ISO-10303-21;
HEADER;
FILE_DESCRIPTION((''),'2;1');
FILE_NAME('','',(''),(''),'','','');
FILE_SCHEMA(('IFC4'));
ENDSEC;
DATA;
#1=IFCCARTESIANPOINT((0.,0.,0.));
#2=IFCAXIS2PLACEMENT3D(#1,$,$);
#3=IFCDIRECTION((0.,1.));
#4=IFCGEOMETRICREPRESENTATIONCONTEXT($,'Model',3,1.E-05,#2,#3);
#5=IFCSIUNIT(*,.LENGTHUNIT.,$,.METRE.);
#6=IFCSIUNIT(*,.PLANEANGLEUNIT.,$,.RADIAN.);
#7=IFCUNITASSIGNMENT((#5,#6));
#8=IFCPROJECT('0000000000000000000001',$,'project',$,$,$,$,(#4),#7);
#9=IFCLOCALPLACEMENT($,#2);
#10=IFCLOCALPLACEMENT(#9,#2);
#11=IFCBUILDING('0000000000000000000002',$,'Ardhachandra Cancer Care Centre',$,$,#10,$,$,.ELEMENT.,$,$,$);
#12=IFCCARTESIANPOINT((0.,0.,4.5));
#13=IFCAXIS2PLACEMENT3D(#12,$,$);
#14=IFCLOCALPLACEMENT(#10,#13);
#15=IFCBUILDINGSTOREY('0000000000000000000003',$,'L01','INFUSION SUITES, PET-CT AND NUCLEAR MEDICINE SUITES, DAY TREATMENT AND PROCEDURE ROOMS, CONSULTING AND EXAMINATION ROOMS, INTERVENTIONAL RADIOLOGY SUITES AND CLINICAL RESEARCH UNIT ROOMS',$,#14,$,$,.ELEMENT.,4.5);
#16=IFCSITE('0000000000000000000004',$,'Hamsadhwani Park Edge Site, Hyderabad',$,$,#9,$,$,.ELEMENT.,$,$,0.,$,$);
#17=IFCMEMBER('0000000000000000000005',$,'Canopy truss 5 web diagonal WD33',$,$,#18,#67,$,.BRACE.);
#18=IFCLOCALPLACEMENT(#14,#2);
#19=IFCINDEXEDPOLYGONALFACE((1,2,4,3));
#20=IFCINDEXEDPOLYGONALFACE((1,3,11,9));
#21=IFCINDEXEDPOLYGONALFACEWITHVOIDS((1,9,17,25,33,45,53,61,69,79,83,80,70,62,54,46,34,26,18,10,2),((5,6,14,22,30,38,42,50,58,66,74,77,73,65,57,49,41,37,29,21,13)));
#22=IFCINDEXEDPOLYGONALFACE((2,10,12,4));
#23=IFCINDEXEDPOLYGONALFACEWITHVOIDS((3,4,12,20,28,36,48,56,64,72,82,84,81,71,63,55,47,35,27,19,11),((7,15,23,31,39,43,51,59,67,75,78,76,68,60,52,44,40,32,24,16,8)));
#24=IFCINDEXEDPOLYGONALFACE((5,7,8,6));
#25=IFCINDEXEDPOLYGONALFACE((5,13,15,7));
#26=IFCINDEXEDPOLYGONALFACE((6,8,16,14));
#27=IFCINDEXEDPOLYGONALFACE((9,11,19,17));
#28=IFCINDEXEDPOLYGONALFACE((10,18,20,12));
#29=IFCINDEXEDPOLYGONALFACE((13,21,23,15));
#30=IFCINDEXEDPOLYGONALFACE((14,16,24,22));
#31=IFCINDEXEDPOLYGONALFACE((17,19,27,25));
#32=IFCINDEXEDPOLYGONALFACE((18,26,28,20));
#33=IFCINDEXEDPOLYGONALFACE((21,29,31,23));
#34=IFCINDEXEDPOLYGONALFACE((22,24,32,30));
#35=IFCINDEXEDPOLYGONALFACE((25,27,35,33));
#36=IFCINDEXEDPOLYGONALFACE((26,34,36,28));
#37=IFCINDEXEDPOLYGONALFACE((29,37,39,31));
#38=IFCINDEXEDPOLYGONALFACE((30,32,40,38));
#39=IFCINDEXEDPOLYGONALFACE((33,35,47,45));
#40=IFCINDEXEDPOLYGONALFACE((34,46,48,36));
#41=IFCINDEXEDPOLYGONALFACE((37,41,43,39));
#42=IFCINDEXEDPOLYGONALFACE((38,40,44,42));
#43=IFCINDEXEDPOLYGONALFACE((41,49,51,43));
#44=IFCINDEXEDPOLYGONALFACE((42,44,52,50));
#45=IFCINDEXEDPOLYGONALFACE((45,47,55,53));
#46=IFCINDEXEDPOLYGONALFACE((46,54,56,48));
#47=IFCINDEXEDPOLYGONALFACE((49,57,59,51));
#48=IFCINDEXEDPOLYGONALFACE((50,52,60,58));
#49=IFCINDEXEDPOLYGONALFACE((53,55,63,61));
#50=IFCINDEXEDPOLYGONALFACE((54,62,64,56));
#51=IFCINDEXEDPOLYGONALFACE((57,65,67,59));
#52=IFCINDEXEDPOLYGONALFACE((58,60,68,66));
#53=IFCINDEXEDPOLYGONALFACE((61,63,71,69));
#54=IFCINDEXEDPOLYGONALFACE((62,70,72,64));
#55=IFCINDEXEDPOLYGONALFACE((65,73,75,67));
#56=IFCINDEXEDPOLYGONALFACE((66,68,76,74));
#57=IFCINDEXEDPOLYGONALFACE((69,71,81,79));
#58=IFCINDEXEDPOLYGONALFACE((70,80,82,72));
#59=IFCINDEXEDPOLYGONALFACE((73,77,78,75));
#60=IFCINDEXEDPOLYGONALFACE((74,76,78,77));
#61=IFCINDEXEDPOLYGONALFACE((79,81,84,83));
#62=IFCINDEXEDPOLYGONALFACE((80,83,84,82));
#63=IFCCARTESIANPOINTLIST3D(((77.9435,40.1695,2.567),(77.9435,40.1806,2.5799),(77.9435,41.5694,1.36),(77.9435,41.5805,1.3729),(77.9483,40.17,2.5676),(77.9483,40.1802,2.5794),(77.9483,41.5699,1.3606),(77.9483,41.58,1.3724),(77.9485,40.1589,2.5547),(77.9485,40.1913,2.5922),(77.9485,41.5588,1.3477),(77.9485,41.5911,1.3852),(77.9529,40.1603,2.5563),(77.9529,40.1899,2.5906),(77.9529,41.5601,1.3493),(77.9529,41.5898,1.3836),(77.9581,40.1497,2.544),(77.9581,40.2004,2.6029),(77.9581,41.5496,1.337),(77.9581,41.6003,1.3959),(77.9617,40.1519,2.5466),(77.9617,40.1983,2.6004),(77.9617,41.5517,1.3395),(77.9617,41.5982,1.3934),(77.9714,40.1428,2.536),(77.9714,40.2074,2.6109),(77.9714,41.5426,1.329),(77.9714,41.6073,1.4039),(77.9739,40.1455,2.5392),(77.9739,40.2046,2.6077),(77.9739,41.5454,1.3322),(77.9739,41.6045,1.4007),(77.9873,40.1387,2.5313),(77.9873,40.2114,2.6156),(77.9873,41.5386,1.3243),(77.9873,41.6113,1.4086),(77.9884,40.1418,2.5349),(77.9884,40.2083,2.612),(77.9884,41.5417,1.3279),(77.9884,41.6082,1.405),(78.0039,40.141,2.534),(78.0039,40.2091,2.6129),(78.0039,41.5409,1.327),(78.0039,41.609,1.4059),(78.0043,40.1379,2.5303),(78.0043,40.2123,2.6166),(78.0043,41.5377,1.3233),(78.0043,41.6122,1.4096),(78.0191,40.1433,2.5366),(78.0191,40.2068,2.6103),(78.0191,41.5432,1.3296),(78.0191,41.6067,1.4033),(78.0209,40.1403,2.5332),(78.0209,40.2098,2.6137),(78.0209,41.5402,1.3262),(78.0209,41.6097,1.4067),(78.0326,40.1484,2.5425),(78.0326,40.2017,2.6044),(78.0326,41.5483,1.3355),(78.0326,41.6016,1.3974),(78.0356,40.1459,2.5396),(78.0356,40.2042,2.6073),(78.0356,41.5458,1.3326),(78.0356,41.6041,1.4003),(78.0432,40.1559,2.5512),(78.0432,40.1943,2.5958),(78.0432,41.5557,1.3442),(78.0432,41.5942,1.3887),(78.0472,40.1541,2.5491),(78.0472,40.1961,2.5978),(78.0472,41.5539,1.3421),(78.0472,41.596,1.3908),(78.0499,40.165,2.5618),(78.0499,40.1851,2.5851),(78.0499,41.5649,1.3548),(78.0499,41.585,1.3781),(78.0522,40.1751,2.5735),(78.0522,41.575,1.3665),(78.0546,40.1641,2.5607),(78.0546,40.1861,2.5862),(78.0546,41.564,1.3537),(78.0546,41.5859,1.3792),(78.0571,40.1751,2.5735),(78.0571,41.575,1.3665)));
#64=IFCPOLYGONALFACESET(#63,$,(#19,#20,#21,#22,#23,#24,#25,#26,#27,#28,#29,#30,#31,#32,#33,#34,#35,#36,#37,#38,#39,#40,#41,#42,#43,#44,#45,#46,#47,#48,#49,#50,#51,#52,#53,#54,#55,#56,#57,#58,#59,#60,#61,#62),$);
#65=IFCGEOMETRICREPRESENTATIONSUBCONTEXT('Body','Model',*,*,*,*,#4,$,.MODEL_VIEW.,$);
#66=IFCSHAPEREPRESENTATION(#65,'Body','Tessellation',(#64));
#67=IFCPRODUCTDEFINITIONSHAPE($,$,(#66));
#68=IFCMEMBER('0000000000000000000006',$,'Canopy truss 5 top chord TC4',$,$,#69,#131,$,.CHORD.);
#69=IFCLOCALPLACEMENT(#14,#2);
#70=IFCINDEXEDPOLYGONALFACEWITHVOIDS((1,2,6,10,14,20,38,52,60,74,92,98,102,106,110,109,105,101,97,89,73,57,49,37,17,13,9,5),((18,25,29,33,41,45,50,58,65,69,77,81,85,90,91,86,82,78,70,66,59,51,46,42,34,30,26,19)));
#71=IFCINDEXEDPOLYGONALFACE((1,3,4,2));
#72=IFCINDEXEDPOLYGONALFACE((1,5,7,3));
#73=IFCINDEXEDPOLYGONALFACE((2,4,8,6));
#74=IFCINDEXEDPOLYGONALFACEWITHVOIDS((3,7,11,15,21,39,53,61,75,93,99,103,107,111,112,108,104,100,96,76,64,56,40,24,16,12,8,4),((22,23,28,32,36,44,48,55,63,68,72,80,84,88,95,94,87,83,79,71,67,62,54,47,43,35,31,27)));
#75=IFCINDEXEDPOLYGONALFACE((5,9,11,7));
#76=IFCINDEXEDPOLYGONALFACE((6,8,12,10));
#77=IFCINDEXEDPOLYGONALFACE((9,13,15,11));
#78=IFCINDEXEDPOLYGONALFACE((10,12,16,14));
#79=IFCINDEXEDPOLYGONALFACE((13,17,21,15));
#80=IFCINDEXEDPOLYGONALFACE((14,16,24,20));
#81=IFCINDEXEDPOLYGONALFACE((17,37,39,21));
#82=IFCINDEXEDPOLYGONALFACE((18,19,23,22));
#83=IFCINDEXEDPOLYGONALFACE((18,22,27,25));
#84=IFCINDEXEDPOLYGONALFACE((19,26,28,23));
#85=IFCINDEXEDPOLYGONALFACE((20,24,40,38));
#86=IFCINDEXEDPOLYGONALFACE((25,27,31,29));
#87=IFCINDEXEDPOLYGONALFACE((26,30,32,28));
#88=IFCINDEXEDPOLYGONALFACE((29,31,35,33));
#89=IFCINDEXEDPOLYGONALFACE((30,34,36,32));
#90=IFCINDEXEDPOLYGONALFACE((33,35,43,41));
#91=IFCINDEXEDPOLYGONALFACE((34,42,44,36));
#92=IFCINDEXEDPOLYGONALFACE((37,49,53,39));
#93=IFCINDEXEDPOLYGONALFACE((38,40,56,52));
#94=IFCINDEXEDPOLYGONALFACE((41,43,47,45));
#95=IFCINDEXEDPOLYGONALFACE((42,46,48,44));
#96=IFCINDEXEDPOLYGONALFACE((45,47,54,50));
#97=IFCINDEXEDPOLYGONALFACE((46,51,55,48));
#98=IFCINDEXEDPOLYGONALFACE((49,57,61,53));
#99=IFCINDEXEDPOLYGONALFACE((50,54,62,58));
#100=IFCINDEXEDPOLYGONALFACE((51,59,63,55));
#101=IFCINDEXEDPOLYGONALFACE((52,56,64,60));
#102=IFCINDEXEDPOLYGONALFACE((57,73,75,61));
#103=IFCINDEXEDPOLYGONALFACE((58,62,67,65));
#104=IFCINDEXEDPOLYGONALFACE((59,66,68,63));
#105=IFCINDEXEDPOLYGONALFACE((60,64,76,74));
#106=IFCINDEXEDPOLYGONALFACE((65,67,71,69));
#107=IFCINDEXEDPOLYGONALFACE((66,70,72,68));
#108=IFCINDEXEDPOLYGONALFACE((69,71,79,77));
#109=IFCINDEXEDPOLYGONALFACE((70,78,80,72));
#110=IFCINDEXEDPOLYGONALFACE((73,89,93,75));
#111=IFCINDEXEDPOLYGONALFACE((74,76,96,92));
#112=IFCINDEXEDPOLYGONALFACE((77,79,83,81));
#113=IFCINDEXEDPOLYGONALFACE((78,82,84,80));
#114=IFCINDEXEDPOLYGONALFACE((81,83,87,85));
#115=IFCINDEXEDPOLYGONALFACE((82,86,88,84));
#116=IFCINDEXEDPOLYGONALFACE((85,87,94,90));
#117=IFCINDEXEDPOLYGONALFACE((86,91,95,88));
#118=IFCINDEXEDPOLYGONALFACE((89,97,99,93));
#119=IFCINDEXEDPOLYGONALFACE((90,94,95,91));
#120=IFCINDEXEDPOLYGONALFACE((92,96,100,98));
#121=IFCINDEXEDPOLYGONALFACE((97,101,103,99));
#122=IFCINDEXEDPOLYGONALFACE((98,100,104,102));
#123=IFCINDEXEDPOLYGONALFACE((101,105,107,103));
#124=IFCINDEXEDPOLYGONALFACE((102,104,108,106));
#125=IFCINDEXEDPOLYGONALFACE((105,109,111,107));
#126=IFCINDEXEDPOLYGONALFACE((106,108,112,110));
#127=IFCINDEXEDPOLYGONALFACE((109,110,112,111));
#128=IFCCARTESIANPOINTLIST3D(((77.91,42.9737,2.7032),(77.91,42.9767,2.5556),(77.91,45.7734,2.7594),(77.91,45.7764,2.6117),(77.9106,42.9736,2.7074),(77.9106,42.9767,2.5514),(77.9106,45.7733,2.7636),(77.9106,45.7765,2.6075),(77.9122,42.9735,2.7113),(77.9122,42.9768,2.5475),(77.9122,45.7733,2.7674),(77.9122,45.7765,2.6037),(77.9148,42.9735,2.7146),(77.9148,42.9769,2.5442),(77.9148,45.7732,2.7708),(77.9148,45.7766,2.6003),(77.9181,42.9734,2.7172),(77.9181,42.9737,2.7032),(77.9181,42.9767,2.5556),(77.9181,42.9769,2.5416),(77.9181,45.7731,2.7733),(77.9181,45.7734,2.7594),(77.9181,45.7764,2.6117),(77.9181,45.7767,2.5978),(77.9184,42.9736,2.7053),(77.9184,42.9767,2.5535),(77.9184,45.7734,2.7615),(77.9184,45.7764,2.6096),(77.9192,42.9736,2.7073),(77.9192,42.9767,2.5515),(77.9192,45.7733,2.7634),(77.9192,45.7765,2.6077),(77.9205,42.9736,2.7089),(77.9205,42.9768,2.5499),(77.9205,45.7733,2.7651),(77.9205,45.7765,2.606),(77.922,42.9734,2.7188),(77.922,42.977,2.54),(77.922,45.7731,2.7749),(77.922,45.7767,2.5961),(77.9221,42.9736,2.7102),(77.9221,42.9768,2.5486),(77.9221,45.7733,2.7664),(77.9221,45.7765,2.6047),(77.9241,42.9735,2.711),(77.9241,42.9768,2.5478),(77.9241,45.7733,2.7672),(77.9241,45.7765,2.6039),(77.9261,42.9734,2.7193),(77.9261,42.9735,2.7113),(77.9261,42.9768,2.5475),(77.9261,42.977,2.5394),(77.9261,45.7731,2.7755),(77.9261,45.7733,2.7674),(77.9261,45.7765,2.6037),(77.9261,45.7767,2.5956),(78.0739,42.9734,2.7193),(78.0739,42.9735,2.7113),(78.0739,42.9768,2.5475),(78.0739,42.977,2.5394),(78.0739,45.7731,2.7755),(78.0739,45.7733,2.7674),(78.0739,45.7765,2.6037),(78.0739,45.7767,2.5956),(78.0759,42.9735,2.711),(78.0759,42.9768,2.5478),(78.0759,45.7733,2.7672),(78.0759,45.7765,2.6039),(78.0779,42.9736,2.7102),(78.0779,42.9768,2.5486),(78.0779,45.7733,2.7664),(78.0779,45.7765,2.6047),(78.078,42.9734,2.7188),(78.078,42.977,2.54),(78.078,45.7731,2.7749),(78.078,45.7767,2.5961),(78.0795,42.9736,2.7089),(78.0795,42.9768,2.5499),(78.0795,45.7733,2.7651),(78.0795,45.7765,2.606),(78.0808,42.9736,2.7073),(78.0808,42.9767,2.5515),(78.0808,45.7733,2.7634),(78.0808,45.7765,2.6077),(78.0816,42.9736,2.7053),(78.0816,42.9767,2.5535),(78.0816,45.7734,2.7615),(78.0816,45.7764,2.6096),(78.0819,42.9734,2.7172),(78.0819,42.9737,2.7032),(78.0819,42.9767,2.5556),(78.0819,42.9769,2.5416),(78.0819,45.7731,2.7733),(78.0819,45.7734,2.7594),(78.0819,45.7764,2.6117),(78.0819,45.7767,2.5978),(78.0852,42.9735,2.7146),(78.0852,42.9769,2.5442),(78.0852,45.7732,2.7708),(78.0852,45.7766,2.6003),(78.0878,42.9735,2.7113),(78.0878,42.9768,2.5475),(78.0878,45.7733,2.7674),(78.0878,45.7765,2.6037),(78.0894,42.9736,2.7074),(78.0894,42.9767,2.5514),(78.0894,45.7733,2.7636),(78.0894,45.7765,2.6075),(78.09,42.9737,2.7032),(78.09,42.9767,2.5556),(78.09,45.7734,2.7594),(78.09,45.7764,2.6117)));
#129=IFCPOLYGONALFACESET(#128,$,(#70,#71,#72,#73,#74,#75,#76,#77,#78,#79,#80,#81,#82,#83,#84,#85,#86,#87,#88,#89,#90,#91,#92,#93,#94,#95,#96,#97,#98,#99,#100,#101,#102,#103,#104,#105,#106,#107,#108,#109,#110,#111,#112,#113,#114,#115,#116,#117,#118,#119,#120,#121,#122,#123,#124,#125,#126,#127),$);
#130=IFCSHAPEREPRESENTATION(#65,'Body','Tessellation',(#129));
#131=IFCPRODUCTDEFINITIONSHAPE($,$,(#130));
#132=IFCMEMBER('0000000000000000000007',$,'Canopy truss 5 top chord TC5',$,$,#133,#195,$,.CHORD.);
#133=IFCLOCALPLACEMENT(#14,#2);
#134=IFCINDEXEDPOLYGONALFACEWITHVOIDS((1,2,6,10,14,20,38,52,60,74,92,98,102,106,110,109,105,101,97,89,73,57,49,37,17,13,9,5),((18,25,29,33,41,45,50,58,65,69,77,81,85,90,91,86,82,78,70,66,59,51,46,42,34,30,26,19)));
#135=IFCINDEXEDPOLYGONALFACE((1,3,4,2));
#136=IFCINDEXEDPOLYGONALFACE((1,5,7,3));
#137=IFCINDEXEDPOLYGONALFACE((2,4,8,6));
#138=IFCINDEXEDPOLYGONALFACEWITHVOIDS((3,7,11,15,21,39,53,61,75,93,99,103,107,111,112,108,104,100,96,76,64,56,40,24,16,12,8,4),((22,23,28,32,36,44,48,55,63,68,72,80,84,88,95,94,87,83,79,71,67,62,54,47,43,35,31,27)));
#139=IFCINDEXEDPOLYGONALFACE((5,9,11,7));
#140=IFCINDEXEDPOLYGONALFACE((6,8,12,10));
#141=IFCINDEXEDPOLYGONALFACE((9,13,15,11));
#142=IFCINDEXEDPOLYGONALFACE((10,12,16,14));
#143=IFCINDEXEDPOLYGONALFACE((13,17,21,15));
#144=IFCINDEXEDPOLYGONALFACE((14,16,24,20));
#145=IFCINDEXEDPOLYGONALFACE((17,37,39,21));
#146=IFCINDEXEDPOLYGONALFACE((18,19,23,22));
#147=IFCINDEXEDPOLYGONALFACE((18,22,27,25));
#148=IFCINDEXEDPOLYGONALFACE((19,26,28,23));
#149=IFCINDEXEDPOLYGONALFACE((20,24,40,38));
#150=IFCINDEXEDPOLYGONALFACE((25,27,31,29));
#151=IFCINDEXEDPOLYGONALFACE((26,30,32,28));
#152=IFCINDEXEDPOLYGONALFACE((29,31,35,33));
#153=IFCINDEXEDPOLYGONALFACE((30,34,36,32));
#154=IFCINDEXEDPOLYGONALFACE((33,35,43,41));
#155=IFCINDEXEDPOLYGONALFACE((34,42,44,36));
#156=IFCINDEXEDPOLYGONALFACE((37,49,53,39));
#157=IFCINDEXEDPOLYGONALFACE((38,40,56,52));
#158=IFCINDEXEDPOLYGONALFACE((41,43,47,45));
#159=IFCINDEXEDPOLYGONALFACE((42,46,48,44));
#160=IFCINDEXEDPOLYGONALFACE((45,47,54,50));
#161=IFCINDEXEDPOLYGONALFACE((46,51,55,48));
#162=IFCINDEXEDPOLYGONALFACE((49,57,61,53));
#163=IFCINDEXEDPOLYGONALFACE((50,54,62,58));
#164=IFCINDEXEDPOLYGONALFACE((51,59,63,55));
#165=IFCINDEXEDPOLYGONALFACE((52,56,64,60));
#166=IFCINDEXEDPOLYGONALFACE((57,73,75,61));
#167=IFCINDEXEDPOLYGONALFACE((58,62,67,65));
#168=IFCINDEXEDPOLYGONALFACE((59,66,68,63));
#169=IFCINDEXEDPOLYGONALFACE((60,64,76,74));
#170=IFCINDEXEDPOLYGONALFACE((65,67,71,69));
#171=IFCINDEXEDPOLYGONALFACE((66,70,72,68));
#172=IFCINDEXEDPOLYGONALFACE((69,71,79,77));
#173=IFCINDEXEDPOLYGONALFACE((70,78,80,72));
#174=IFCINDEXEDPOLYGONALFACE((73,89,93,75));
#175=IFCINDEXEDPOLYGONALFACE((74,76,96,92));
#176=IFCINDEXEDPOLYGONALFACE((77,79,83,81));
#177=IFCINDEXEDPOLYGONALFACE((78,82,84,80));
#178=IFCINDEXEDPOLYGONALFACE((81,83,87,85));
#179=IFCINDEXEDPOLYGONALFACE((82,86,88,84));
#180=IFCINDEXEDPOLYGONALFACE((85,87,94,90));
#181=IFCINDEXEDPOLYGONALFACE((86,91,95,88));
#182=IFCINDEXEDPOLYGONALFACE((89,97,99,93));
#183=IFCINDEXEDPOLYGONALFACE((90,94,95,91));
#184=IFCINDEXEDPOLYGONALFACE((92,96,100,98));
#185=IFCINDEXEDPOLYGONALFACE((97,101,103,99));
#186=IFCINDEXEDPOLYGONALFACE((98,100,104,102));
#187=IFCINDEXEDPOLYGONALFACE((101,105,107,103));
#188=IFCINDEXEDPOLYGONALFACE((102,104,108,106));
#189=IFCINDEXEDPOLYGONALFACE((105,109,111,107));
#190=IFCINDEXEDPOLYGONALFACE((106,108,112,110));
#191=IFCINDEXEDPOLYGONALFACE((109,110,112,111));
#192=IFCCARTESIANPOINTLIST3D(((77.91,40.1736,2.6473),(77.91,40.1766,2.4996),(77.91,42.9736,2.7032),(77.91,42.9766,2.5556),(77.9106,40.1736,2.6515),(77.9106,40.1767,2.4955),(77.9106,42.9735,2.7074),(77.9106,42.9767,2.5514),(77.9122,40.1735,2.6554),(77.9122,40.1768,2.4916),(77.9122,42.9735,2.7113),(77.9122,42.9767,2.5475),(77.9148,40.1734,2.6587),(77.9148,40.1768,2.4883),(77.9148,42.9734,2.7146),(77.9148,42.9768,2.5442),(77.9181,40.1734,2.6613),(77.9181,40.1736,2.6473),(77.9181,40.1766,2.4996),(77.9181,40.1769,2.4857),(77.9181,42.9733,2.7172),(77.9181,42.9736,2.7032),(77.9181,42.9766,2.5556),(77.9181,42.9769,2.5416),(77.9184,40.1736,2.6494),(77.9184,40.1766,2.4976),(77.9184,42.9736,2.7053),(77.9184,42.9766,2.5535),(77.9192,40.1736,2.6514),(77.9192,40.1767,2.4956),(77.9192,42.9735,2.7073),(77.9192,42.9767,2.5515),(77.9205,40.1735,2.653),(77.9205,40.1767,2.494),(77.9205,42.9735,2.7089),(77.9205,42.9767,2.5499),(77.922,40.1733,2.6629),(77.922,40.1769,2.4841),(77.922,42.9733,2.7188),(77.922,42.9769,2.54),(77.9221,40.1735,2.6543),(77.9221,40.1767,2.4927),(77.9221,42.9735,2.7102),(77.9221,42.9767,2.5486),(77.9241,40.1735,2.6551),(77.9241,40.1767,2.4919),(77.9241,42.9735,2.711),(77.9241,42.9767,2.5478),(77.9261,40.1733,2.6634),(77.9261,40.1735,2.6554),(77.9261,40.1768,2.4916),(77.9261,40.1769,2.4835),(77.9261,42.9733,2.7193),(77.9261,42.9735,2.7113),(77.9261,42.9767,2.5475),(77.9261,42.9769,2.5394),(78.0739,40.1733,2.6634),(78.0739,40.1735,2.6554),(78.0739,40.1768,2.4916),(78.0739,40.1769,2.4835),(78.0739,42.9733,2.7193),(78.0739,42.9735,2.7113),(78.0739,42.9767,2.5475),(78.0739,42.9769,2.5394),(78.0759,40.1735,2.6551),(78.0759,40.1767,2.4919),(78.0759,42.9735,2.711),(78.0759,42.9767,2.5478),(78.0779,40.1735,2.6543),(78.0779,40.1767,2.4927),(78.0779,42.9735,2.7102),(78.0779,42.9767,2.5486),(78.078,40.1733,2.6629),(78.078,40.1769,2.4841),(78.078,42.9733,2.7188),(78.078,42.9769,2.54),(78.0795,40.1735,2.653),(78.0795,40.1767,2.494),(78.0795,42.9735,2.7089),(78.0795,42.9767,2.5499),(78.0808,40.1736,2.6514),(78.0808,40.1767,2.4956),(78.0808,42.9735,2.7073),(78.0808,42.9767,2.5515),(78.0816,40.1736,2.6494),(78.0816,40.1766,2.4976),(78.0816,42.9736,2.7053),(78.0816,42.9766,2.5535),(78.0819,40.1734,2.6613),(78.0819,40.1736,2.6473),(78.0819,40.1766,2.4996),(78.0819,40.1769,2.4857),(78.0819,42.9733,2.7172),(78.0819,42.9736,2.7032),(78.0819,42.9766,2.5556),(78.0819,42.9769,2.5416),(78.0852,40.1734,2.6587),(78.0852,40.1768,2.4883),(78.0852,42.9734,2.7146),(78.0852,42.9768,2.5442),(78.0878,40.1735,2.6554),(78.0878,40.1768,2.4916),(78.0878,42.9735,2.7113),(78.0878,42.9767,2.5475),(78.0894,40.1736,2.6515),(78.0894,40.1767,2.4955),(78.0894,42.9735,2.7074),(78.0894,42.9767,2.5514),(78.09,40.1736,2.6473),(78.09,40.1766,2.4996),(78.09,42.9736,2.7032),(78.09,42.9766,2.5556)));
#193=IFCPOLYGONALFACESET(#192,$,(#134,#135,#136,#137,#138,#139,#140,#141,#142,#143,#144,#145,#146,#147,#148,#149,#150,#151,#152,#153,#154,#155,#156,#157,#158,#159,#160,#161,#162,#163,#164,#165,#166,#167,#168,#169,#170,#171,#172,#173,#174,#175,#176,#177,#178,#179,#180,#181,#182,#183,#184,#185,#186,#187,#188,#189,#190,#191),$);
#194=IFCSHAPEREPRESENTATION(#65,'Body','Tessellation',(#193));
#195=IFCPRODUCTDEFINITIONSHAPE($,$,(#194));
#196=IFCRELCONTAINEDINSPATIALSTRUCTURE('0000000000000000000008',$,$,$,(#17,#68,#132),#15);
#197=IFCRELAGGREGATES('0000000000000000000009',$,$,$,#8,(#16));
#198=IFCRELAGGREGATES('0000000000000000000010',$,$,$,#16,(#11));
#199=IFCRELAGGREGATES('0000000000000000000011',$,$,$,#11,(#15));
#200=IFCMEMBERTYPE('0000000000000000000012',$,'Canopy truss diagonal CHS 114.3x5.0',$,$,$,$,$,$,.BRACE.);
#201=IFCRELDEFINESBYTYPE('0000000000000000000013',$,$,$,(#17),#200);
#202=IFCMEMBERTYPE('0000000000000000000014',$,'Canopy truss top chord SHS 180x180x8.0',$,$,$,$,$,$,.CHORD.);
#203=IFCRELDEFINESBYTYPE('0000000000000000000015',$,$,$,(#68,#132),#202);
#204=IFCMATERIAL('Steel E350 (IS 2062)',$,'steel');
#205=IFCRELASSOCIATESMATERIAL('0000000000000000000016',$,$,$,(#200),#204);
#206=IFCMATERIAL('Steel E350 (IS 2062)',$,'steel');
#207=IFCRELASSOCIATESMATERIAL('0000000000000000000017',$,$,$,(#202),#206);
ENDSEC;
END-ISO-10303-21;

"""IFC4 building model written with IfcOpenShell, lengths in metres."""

from ifc_helpers import new_model, si_unit, direction, frame, origin, origin_2d, place, context, subcontext, project, spatial, hollow_rectangle, hollow_circle, extrude, material, material_profile, profile_set, type_object, element, save


model = new_model("IFC4")

# Units and contexts
model_context = context("Model", 3, precision=1e-05, world=origin(), true_north=direction((0.0, 1.0)))
body_context = subcontext(model_context, "Body", "Model", "MODEL_VIEW")
ifc_project = project(units=[si_unit("LENGTHUNIT", "METRE"), si_unit("PLANEANGLEUNIT", "RADIAN")], contexts=[model_context])

# Site, building, storey
site_placement = place(None, origin())
site = spatial("IfcSite", under=ifc_project, at=site_placement, Name="Hamsadhwani Park Edge Site, Hyderabad", CompositionType="ELEMENT", RefElevation=0.0)
building_placement = place(site_placement, origin())
building = spatial("IfcBuilding", under=site, at=building_placement, Name="Ardhachandra Cancer Care Centre", CompositionType="ELEMENT")
storey_placement = place(building_placement, frame((0.0, 0.0, 4.5)))
storey = spatial("IfcBuildingStorey", under=building, at=storey_placement, Name="L01", Description="INFUSION SUITES, PET-CT AND NUCLEAR MEDICINE SUITES, DAY TREATMENT AND PROCEDURE ROOMS, CONSULTING AND EXAMINATION ROOMS, INTERVENTIONAL RADIOLOGY SUITES AND CLINICAL RESEARCH UNIT ROOMS", CompositionType="ELEMENT", Elevation=4.5)

# Members
ifc_material_1 = material(Name="Steel E350 (IS 2062)", Category="steel")
ifc_material_profile_1 = material_profile(ifc_material_1, hollow_circle(Radius=0.0571, WallThickness=0.0049, at=origin_2d()), Name="CHS 114.3x5.0")
ifc_profile_set_1 = profile_set([ifc_material_profile_1], Name="Steel E350 (IS 2062)")
member_type_1 = type_object("IfcMemberType", Name="Canopy truss diagonal CHS 114.3x5.0", PredefinedType="BRACE", material=ifc_profile_set_1)
member_1_placement = place(storey_placement, frame((78.0, 41.575, 1.3665), z_axis=(0.0, -0.757351, 0.653008), x_axis=(1.0, 0.0, 0.0)))
element("IfcMember", 1, at=member_1_placement, inside=storey, type_object=member_type_1, Name="Canopy truss 5 web diagonal WD33", PredefinedType="BRACE", context=body_context, shape_type="SweptSolid", body=[
    extrude(hollow_circle(Radius=0.0571, WallThickness=0.0049, at=origin_2d()), origin(), (0.0, 0.0, 1.0), 1.8484),
])
ifc_material_2 = material(Name="Steel E350 (IS 2062)", Category="steel")
ifc_material_profile_2 = material_profile(ifc_material_2, hollow_rectangle(XDim=0.1799, YDim=0.1799, WallThickness=0.0081, InnerFilletRadius=0.0081, OuterFilletRadius=0.0161, at=origin_2d()), Name="SHS 180x180x8.0")
ifc_profile_set_2 = profile_set([ifc_material_profile_2], Name="Steel E350 (IS 2062)")
member_type_2 = type_object("IfcMemberType", Name="Canopy truss top chord SHS 180x180x8.0", PredefinedType="CHORD", material=ifc_profile_set_2)
member_2_placement = place(storey_placement, frame((78.0, 45.7749, 2.6855), z_axis=(0.0, -0.999799, -0.020052), x_axis=(1.0, 0.0, 0.0)))
element("IfcMember", 2, at=member_2_placement, inside=storey, type_object=member_type_2, Name="Canopy truss 5 top chord TC4", PredefinedType="CHORD", context=body_context, shape_type="SweptSolid", body=[
    extrude(hollow_rectangle(XDim=0.1799, YDim=0.1799, WallThickness=0.0081, InnerFilletRadius=0.0081, OuterFilletRadius=0.0161, at=origin_2d()), origin(), (0.0, 0.0, 1.0), 2.8003),
])
member_3_placement = place(storey_placement, frame((78.0, 42.9751, 2.6294), z_axis=(0.0, -0.999801, -0.019963), x_axis=(1.0, 0.0, 0.0)))
element("IfcMember", 3, at=member_3_placement, inside=storey, type_object=member_type_2, Name="Canopy truss 5 top chord TC5", PredefinedType="CHORD", context=body_context, shape_type="SweptSolid", body=[
    extrude(hollow_rectangle(XDim=0.1799, YDim=0.1799, WallThickness=0.0081, InnerFilletRadius=0.0081, OuterFilletRadius=0.0161, at=origin_2d()), origin(), (0.0, 0.0, 1.0), 2.8005),
])

save(model, "model.ifc")
